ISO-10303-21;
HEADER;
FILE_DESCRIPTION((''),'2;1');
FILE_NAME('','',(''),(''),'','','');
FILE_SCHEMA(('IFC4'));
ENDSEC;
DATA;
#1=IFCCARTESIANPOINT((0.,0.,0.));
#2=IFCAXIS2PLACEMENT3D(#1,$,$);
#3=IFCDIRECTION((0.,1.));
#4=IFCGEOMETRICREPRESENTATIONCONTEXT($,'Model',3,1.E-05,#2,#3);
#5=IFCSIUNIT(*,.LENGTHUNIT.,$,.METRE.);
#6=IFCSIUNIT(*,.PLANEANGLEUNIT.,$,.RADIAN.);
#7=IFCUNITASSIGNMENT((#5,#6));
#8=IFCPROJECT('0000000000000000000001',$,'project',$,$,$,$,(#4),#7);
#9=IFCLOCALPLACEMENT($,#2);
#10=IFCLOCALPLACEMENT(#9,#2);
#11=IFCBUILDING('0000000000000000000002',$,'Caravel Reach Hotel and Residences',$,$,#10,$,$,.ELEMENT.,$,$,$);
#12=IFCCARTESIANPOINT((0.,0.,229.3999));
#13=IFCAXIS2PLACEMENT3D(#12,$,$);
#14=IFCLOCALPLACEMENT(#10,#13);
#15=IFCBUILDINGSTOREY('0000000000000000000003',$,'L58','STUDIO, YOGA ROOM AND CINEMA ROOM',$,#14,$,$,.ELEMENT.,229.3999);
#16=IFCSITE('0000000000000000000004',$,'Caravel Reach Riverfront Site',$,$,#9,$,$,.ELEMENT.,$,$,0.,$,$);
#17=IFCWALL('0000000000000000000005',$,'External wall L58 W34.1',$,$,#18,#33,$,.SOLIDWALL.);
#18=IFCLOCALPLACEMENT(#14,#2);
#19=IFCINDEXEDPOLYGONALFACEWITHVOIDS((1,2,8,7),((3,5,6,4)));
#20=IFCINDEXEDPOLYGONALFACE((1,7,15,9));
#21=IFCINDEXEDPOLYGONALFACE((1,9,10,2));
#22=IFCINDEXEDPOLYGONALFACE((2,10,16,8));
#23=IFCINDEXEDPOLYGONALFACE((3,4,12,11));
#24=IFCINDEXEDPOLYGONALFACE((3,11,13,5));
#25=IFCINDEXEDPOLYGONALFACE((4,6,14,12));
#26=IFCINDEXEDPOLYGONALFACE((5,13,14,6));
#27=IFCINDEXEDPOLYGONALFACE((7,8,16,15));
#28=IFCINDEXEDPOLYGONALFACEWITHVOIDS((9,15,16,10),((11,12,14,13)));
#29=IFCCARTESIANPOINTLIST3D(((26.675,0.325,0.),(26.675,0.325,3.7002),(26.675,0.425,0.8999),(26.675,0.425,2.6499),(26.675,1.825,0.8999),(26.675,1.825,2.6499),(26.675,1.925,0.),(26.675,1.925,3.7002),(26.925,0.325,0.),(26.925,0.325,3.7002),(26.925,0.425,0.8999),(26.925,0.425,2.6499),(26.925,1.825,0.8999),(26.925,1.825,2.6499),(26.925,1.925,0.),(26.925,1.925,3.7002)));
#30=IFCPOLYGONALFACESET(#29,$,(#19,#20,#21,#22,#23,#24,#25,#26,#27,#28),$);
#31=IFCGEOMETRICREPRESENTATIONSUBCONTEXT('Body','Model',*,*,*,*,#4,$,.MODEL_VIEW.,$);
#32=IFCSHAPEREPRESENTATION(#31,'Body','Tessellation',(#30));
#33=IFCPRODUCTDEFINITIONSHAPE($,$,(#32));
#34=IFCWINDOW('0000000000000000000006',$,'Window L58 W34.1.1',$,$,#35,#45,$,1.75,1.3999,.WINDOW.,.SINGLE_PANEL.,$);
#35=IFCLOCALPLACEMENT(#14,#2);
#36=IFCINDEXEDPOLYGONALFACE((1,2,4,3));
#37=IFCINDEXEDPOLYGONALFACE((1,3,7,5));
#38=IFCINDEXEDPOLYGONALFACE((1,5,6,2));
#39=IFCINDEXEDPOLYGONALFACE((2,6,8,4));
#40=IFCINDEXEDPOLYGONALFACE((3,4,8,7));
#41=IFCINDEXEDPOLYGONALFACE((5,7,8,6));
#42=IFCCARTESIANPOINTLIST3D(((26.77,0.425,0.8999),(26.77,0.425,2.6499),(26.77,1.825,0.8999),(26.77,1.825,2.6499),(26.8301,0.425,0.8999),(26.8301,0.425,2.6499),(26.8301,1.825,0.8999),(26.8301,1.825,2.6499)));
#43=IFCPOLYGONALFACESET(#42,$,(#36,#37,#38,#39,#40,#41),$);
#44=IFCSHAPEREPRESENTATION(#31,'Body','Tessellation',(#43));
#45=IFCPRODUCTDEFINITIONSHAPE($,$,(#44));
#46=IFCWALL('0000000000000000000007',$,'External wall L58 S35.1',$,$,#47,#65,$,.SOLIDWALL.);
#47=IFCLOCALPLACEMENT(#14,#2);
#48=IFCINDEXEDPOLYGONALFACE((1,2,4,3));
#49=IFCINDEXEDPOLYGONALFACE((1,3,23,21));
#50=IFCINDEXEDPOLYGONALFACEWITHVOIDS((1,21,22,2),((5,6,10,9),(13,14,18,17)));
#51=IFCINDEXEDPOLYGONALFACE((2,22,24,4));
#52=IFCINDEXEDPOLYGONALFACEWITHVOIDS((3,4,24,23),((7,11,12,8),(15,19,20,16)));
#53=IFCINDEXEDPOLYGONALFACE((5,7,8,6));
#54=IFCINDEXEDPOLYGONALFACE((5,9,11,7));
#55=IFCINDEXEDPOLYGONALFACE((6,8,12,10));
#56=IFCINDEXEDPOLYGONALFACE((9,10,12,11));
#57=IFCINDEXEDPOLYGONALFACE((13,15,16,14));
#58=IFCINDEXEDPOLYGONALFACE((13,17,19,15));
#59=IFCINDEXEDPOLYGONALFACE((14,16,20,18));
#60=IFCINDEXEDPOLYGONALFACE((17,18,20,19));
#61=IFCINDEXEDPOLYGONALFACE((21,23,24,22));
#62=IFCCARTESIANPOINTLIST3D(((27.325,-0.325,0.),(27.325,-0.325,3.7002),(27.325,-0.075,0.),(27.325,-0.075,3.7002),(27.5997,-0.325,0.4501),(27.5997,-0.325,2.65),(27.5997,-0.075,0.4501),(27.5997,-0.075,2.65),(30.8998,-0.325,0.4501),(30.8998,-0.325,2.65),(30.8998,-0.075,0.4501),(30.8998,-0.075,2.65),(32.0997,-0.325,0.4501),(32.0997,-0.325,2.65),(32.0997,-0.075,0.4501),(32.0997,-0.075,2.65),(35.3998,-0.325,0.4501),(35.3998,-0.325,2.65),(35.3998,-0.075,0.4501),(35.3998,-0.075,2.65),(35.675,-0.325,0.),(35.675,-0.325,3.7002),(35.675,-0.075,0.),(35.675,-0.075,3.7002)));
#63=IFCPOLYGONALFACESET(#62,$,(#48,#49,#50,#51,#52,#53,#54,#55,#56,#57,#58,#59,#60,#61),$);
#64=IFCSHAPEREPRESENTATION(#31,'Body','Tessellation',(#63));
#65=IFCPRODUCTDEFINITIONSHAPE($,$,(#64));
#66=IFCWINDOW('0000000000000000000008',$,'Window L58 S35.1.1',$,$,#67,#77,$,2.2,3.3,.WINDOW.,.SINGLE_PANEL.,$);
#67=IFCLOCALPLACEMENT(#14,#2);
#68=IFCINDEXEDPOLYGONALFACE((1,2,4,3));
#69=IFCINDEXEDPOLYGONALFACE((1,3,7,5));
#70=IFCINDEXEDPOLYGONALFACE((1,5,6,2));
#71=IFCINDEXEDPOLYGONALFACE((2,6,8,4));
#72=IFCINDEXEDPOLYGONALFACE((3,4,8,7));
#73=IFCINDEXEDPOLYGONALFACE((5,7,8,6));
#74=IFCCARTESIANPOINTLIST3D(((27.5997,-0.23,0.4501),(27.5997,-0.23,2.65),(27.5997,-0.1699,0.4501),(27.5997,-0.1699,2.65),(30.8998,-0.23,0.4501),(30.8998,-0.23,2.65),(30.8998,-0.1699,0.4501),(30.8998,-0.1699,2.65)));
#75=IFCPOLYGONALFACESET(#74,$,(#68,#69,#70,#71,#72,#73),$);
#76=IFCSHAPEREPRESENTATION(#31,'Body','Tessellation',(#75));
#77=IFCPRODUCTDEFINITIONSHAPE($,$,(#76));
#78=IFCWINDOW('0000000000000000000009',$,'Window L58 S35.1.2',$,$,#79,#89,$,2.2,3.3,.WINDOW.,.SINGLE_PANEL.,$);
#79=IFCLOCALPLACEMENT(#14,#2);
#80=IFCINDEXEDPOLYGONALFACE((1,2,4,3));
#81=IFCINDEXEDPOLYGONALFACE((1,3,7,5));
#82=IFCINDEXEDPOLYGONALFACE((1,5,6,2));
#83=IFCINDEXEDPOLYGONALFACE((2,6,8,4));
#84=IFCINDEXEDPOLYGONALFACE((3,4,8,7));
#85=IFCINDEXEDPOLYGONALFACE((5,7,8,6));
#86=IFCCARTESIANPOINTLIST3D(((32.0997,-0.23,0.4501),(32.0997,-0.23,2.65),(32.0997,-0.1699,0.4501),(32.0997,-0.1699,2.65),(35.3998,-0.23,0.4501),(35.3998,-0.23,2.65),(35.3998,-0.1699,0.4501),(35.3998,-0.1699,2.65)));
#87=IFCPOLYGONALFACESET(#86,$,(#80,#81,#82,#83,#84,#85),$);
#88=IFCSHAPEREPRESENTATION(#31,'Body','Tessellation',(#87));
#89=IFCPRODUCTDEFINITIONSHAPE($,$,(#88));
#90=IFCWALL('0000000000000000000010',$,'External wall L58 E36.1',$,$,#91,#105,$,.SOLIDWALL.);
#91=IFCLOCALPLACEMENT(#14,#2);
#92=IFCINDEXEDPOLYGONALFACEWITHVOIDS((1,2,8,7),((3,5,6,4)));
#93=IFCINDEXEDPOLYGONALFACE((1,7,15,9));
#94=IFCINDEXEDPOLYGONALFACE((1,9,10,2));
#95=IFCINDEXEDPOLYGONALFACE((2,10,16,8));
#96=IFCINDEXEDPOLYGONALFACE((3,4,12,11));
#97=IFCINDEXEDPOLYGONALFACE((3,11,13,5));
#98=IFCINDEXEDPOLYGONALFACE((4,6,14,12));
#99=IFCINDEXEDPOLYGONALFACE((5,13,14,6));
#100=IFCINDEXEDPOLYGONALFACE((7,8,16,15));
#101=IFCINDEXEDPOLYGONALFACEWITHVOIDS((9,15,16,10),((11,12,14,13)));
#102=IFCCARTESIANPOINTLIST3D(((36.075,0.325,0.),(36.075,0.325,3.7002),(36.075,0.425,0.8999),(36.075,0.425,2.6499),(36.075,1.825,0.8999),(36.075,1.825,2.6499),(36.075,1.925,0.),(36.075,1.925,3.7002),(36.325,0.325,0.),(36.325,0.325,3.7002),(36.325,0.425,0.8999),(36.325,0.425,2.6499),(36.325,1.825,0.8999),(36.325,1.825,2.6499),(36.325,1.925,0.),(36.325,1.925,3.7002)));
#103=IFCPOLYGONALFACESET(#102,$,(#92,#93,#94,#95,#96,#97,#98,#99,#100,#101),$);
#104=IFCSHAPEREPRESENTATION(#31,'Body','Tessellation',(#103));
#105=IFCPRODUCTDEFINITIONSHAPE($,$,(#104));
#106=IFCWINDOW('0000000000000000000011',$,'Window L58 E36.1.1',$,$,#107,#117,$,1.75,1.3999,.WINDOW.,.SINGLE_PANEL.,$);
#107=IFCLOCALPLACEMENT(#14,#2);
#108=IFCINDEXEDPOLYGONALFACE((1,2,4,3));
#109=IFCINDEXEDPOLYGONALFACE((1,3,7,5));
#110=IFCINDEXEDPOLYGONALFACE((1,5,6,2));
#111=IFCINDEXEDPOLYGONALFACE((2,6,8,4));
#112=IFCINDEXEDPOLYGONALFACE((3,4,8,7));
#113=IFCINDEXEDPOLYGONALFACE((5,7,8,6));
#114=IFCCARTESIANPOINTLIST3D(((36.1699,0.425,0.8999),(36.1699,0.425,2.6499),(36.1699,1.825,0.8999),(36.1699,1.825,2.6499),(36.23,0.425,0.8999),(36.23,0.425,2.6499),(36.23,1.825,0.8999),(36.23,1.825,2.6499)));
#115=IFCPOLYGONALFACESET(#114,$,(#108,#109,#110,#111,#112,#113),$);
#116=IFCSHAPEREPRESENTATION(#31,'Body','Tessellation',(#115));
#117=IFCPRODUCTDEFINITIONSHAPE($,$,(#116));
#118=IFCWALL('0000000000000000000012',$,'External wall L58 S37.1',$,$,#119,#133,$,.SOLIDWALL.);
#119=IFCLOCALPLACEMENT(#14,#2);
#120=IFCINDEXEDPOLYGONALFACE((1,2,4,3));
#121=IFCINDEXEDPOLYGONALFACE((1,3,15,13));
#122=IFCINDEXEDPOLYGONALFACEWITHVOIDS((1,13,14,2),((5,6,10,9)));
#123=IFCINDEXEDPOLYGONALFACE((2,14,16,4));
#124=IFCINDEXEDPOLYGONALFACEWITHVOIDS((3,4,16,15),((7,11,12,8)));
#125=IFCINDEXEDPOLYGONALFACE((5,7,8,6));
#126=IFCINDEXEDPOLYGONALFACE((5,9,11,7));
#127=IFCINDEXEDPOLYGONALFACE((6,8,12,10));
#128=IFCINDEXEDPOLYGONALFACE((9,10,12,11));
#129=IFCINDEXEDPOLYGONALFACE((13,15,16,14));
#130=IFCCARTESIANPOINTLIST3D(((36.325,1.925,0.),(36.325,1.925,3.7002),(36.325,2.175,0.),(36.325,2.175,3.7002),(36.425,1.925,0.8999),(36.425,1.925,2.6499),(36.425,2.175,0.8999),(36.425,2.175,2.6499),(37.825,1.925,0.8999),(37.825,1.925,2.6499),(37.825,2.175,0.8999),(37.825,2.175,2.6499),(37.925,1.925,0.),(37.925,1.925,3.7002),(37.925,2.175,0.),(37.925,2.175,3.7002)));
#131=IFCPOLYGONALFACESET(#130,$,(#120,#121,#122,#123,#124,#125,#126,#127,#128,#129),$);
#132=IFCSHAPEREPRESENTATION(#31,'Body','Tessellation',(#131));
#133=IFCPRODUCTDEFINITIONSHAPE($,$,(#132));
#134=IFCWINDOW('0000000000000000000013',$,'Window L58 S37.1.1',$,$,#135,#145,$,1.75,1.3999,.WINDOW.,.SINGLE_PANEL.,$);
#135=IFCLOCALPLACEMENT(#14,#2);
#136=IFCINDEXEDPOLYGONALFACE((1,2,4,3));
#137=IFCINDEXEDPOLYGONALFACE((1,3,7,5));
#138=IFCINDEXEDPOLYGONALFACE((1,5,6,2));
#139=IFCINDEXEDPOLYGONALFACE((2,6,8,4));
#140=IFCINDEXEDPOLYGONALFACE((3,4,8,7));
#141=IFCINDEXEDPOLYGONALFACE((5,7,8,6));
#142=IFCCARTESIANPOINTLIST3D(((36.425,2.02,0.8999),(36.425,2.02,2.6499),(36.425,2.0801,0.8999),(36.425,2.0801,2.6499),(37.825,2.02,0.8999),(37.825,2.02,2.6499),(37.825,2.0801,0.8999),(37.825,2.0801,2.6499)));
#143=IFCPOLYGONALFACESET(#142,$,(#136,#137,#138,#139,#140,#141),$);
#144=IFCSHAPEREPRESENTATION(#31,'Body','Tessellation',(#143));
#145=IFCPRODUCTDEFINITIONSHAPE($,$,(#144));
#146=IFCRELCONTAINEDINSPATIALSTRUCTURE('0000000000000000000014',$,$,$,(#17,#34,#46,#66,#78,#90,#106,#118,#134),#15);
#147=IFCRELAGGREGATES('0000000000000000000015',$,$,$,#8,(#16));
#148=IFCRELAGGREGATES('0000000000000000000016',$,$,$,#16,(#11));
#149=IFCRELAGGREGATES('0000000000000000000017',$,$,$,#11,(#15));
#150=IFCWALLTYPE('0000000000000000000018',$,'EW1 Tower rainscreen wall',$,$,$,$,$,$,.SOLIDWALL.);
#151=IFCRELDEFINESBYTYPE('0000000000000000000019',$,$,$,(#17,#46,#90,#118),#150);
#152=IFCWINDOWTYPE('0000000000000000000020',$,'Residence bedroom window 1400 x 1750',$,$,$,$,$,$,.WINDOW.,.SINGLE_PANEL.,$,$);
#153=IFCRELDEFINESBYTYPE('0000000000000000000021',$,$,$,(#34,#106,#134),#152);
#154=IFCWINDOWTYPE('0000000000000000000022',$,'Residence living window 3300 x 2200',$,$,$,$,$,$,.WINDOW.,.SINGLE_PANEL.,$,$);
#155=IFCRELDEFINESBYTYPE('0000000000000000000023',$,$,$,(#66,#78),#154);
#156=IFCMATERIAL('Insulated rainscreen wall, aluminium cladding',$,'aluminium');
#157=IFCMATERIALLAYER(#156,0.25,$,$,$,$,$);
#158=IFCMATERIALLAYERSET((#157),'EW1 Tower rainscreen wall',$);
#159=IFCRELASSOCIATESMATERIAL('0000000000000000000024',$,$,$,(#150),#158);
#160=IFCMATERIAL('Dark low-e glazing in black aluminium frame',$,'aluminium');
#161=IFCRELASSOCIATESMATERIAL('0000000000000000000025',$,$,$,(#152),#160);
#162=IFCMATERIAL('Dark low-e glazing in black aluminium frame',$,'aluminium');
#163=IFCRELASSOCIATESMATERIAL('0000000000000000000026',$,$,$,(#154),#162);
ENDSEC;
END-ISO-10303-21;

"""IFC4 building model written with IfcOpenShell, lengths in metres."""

from ifc_helpers import new_model, si_unit, direction, frame, frame_2d, origin, place, context, subcontext, project, spatial, rectangle, extrude, material, layer, layer_set, type_object, element, fill, save


model = new_model("IFC4")

# Units and contexts
model_context = context("Model", 3, precision=1e-05, world=origin(), true_north=direction((0.0, 1.0)))
body_context = subcontext(model_context, "Body", "Model", "MODEL_VIEW")
ifc_project = project(units=[si_unit("LENGTHUNIT", "METRE"), si_unit("PLANEANGLEUNIT", "RADIAN")], contexts=[model_context])

# Site, building, storey
site_placement = place(None, origin())
site = spatial("IfcSite", under=ifc_project, at=site_placement, Name="Caravel Reach Riverfront Site", CompositionType="ELEMENT", RefElevation=0.0)
building_placement = place(site_placement, origin())
building = spatial("IfcBuilding", under=site, at=building_placement, Name="Caravel Reach Hotel and Residences", CompositionType="ELEMENT")
storey_placement = place(building_placement, frame((0.0, 0.0, 229.3999)))
storey = spatial("IfcBuildingStorey", under=building, at=storey_placement, Name="L58", Description="STUDIO, YOGA ROOM AND CINEMA ROOM", CompositionType="ELEMENT", Elevation=229.3999)

# Wall, opening, window
ifc_material_1 = material(Name="Insulated rainscreen wall, aluminium cladding", Category="aluminium")
ifc_layer_1 = layer(ifc_material_1, 0.25)
ifc_layer_set_1 = layer_set([ifc_layer_1], Name="EW1 Tower rainscreen wall")
wall_type_1 = type_object("IfcWallType", Name="EW1 Tower rainscreen wall", PredefinedType="SOLIDWALL", material=ifc_layer_set_1)
wall_1_placement = place(storey_placement, frame((26.8, 1.925, 0.0), z_axis=(0.0, 0.0, 1.0), x_axis=(0.0, -1.0, 0.0)))
wall_1 = element("IfcWall", 1, at=wall_1_placement, inside=storey, type_object=wall_type_1, Name="External wall L58 W34.1", PredefinedType="SOLIDWALL", context=body_context, shape_type="SweptSolid", body=[
    extrude(rectangle(XDim=1.6001, YDim=0.25, at=frame_2d((0.8, 0.0))), origin(), (0.0, 0.0, 1.0), 3.7002),
])
opening_1_placement = place(wall_1_placement, frame((0.1001, 0.0, 0.8999)))
opening_1 = element("IfcOpeningElement", 2, at=opening_1_placement, cuts=wall_1, PredefinedType="OPENING", context=body_context, shape_type="SweptSolid", body=[
    extrude(rectangle(XDim=1.3999, YDim=1.75, at=frame_2d((0.7, 0.875))), frame((0.0, 0.135, 0.0), z_axis=(0.0, -1.0, 0.0), x_axis=(1.0, 0.0, 0.0)), (0.0, 0.0, 1.0), 0.27),
])
ifc_material_2 = material(Name="Dark low-e glazing in black aluminium frame", Category="aluminium")
window_type_1 = type_object("IfcWindowType", Name="Residence bedroom window 1400 x 1750", PartitioningType="SINGLE_PANEL", PredefinedType="WINDOW", material=ifc_material_2)
window_1_placement = place(opening_1_placement, origin())
window_1 = element("IfcWindow", 3, at=window_1_placement, inside=storey, type_object=window_type_1, Name="Window L58 W34.1.1", OverallHeight=1.75, OverallWidth=1.3999, PartitioningType="SINGLE_PANEL", PredefinedType="WINDOW", context=body_context, shape_type="SweptSolid", body=[
    extrude(rectangle(XDim=1.3999, YDim=1.75, at=frame_2d((0.7, 0.875))), frame((0.0, 0.03, 0.0), z_axis=(0.0, -1.0, 0.0), x_axis=(1.0, 0.0, 0.0)), (0.0, 0.0, 1.0), 0.0601),
])
fill(opening_1, window_1)

# Wall, openings, windows
wall_2_placement = place(storey_placement, frame((27.325, -0.2, 0.0), z_axis=(0.0, 0.0, 1.0), x_axis=(1.0, 0.0, 0.0)))
wall_2 = element("IfcWall", 4, at=wall_2_placement, inside=storey, type_object=wall_type_1, Name="External wall L58 S35.1", PredefinedType="SOLIDWALL", context=body_context, shape_type="SweptSolid", body=[
    extrude(rectangle(XDim=8.3501, YDim=0.25, at=frame_2d((4.175, 0.0))), origin(), (0.0, 0.0, 1.0), 3.7002),
])
opening_2_placement = place(wall_2_placement, frame((0.2749, 0.0, 0.45)))
opening_2 = element("IfcOpeningElement", 5, at=opening_2_placement, cuts=wall_2, PredefinedType="OPENING", context=body_context, shape_type="SweptSolid", body=[
    extrude(rectangle(XDim=3.3, YDim=2.2, at=frame_2d((1.6499, 1.1001))), frame((0.0, 0.135, 0.0), z_axis=(0.0, -1.0, 0.0), x_axis=(1.0, 0.0, 0.0)), (0.0, 0.0, 1.0), 0.27),
])
opening_3_placement = place(wall_2_placement, frame((4.7749, 0.0, 0.45)))
opening_3 = element("IfcOpeningElement", 6, at=opening_3_placement, cuts=wall_2, PredefinedType="OPENING", context=body_context, shape_type="SweptSolid", body=[
    extrude(rectangle(XDim=3.3, YDim=2.2, at=frame_2d((1.6499, 1.1001))), frame((0.0, 0.135, 0.0), z_axis=(0.0, -1.0, 0.0), x_axis=(1.0, 0.0, 0.0)), (0.0, 0.0, 1.0), 0.27),
])
ifc_material_3 = material(Name="Dark low-e glazing in black aluminium frame", Category="aluminium")
window_type_2 = type_object("IfcWindowType", Name="Residence living window 3300 x 2200", PartitioningType="SINGLE_PANEL", PredefinedType="WINDOW", material=ifc_material_3)
window_2_placement = place(opening_2_placement, origin())
window_2 = element("IfcWindow", 7, at=window_2_placement, inside=storey, type_object=window_type_2, Name="Window L58 S35.1.1", OverallHeight=2.2, OverallWidth=3.3, PartitioningType="SINGLE_PANEL", PredefinedType="WINDOW", context=body_context, shape_type="SweptSolid", body=[
    extrude(rectangle(XDim=3.3, YDim=2.2, at=frame_2d((1.6499, 1.1001))), frame((0.0, 0.03, 0.0), z_axis=(0.0, -1.0, 0.0), x_axis=(1.0, 0.0, 0.0)), (0.0, 0.0, 1.0), 0.0601),
])
fill(opening_2, window_2)
window_3_placement = place(opening_3_placement, origin())
window_3 = element("IfcWindow", 8, at=window_3_placement, inside=storey, type_object=window_type_2, Name="Window L58 S35.1.2", OverallHeight=2.2, OverallWidth=3.3, PartitioningType="SINGLE_PANEL", PredefinedType="WINDOW", context=body_context, shape_type="SweptSolid", body=[
    extrude(rectangle(XDim=3.3, YDim=2.2, at=frame_2d((1.6499, 1.1001))), frame((0.0, 0.03, 0.0), z_axis=(0.0, -1.0, 0.0), x_axis=(1.0, 0.0, 0.0)), (0.0, 0.0, 1.0), 0.0601),
])
fill(opening_3, window_3)

# Walls, openings, windows
wall_3_placement = place(storey_placement, frame((36.2, 0.325, 0.0), z_axis=(0.0, 0.0, 1.0), x_axis=(0.0, 1.0, 0.0)))
wall_3 = element("IfcWall", 9, at=wall_3_placement, inside=storey, type_object=wall_type_1, Name="External wall L58 E36.1", PredefinedType="SOLIDWALL", context=body_context, shape_type="SweptSolid", body=[
    extrude(rectangle(XDim=1.6001, YDim=0.25, at=frame_2d((0.8, 0.0))), origin(), (0.0, 0.0, 1.0), 3.7002),
])
opening_4_placement = place(wall_3_placement, frame((0.1001, 0.0, 0.8999)))
opening_4 = element("IfcOpeningElement", 10, at=opening_4_placement, cuts=wall_3, PredefinedType="OPENING", context=body_context, shape_type="SweptSolid", body=[
    extrude(rectangle(XDim=1.3999, YDim=1.75, at=frame_2d((0.7, 0.875))), frame((0.0, 0.135, 0.0), z_axis=(0.0, -1.0, 0.0), x_axis=(1.0, 0.0, 0.0)), (0.0, 0.0, 1.0), 0.27),
])
window_4_placement = place(opening_4_placement, origin())
window_4 = element("IfcWindow", 11, at=window_4_placement, inside=storey, type_object=window_type_1, Name="Window L58 E36.1.1", OverallHeight=1.75, OverallWidth=1.3999, PartitioningType="SINGLE_PANEL", PredefinedType="WINDOW", context=body_context, shape_type="SweptSolid", body=[
    extrude(rectangle(XDim=1.3999, YDim=1.75, at=frame_2d((0.7, 0.875))), frame((0.0, 0.03, 0.0), z_axis=(0.0, -1.0, 0.0), x_axis=(1.0, 0.0, 0.0)), (0.0, 0.0, 1.0), 0.0601),
])
fill(opening_4, window_4)
wall_4_placement = place(storey_placement, frame((36.325, 2.05, 0.0), z_axis=(0.0, 0.0, 1.0), x_axis=(1.0, 0.0, 0.0)))
wall_4 = element("IfcWall", 12, at=wall_4_placement, inside=storey, type_object=wall_type_1, Name="External wall L58 S37.1", PredefinedType="SOLIDWALL", context=body_context, shape_type="SweptSolid", body=[
    extrude(rectangle(XDim=1.6001, YDim=0.25, at=frame_2d((0.8, 0.0))), origin(), (0.0, 0.0, 1.0), 3.7002),
])
opening_5_placement = place(wall_4_placement, frame((0.1001, 0.0, 0.8999)))
opening_5 = element("IfcOpeningElement", 13, at=opening_5_placement, cuts=wall_4, PredefinedType="OPENING", context=body_context, shape_type="SweptSolid", body=[
    extrude(rectangle(XDim=1.3999, YDim=1.75, at=frame_2d((0.7, 0.875))), frame((0.0, 0.135, 0.0), z_axis=(0.0, -1.0, 0.0), x_axis=(1.0, 0.0, 0.0)), (0.0, 0.0, 1.0), 0.27),
])
window_5_placement = place(opening_5_placement, origin())
window_5 = element("IfcWindow", 14, at=window_5_placement, inside=storey, type_object=window_type_1, Name="Window L58 S37.1.1", OverallHeight=1.75, OverallWidth=1.3999, PartitioningType="SINGLE_PANEL", PredefinedType="WINDOW", context=body_context, shape_type="SweptSolid", body=[
    extrude(rectangle(XDim=1.3999, YDim=1.75, at=frame_2d((0.7, 0.875))), frame((0.0, 0.03, 0.0), z_axis=(0.0, -1.0, 0.0), x_axis=(1.0, 0.0, 0.0)), (0.0, 0.0, 1.0), 0.0601),
])
fill(opening_5, window_5)

save(model, "model.ifc")
